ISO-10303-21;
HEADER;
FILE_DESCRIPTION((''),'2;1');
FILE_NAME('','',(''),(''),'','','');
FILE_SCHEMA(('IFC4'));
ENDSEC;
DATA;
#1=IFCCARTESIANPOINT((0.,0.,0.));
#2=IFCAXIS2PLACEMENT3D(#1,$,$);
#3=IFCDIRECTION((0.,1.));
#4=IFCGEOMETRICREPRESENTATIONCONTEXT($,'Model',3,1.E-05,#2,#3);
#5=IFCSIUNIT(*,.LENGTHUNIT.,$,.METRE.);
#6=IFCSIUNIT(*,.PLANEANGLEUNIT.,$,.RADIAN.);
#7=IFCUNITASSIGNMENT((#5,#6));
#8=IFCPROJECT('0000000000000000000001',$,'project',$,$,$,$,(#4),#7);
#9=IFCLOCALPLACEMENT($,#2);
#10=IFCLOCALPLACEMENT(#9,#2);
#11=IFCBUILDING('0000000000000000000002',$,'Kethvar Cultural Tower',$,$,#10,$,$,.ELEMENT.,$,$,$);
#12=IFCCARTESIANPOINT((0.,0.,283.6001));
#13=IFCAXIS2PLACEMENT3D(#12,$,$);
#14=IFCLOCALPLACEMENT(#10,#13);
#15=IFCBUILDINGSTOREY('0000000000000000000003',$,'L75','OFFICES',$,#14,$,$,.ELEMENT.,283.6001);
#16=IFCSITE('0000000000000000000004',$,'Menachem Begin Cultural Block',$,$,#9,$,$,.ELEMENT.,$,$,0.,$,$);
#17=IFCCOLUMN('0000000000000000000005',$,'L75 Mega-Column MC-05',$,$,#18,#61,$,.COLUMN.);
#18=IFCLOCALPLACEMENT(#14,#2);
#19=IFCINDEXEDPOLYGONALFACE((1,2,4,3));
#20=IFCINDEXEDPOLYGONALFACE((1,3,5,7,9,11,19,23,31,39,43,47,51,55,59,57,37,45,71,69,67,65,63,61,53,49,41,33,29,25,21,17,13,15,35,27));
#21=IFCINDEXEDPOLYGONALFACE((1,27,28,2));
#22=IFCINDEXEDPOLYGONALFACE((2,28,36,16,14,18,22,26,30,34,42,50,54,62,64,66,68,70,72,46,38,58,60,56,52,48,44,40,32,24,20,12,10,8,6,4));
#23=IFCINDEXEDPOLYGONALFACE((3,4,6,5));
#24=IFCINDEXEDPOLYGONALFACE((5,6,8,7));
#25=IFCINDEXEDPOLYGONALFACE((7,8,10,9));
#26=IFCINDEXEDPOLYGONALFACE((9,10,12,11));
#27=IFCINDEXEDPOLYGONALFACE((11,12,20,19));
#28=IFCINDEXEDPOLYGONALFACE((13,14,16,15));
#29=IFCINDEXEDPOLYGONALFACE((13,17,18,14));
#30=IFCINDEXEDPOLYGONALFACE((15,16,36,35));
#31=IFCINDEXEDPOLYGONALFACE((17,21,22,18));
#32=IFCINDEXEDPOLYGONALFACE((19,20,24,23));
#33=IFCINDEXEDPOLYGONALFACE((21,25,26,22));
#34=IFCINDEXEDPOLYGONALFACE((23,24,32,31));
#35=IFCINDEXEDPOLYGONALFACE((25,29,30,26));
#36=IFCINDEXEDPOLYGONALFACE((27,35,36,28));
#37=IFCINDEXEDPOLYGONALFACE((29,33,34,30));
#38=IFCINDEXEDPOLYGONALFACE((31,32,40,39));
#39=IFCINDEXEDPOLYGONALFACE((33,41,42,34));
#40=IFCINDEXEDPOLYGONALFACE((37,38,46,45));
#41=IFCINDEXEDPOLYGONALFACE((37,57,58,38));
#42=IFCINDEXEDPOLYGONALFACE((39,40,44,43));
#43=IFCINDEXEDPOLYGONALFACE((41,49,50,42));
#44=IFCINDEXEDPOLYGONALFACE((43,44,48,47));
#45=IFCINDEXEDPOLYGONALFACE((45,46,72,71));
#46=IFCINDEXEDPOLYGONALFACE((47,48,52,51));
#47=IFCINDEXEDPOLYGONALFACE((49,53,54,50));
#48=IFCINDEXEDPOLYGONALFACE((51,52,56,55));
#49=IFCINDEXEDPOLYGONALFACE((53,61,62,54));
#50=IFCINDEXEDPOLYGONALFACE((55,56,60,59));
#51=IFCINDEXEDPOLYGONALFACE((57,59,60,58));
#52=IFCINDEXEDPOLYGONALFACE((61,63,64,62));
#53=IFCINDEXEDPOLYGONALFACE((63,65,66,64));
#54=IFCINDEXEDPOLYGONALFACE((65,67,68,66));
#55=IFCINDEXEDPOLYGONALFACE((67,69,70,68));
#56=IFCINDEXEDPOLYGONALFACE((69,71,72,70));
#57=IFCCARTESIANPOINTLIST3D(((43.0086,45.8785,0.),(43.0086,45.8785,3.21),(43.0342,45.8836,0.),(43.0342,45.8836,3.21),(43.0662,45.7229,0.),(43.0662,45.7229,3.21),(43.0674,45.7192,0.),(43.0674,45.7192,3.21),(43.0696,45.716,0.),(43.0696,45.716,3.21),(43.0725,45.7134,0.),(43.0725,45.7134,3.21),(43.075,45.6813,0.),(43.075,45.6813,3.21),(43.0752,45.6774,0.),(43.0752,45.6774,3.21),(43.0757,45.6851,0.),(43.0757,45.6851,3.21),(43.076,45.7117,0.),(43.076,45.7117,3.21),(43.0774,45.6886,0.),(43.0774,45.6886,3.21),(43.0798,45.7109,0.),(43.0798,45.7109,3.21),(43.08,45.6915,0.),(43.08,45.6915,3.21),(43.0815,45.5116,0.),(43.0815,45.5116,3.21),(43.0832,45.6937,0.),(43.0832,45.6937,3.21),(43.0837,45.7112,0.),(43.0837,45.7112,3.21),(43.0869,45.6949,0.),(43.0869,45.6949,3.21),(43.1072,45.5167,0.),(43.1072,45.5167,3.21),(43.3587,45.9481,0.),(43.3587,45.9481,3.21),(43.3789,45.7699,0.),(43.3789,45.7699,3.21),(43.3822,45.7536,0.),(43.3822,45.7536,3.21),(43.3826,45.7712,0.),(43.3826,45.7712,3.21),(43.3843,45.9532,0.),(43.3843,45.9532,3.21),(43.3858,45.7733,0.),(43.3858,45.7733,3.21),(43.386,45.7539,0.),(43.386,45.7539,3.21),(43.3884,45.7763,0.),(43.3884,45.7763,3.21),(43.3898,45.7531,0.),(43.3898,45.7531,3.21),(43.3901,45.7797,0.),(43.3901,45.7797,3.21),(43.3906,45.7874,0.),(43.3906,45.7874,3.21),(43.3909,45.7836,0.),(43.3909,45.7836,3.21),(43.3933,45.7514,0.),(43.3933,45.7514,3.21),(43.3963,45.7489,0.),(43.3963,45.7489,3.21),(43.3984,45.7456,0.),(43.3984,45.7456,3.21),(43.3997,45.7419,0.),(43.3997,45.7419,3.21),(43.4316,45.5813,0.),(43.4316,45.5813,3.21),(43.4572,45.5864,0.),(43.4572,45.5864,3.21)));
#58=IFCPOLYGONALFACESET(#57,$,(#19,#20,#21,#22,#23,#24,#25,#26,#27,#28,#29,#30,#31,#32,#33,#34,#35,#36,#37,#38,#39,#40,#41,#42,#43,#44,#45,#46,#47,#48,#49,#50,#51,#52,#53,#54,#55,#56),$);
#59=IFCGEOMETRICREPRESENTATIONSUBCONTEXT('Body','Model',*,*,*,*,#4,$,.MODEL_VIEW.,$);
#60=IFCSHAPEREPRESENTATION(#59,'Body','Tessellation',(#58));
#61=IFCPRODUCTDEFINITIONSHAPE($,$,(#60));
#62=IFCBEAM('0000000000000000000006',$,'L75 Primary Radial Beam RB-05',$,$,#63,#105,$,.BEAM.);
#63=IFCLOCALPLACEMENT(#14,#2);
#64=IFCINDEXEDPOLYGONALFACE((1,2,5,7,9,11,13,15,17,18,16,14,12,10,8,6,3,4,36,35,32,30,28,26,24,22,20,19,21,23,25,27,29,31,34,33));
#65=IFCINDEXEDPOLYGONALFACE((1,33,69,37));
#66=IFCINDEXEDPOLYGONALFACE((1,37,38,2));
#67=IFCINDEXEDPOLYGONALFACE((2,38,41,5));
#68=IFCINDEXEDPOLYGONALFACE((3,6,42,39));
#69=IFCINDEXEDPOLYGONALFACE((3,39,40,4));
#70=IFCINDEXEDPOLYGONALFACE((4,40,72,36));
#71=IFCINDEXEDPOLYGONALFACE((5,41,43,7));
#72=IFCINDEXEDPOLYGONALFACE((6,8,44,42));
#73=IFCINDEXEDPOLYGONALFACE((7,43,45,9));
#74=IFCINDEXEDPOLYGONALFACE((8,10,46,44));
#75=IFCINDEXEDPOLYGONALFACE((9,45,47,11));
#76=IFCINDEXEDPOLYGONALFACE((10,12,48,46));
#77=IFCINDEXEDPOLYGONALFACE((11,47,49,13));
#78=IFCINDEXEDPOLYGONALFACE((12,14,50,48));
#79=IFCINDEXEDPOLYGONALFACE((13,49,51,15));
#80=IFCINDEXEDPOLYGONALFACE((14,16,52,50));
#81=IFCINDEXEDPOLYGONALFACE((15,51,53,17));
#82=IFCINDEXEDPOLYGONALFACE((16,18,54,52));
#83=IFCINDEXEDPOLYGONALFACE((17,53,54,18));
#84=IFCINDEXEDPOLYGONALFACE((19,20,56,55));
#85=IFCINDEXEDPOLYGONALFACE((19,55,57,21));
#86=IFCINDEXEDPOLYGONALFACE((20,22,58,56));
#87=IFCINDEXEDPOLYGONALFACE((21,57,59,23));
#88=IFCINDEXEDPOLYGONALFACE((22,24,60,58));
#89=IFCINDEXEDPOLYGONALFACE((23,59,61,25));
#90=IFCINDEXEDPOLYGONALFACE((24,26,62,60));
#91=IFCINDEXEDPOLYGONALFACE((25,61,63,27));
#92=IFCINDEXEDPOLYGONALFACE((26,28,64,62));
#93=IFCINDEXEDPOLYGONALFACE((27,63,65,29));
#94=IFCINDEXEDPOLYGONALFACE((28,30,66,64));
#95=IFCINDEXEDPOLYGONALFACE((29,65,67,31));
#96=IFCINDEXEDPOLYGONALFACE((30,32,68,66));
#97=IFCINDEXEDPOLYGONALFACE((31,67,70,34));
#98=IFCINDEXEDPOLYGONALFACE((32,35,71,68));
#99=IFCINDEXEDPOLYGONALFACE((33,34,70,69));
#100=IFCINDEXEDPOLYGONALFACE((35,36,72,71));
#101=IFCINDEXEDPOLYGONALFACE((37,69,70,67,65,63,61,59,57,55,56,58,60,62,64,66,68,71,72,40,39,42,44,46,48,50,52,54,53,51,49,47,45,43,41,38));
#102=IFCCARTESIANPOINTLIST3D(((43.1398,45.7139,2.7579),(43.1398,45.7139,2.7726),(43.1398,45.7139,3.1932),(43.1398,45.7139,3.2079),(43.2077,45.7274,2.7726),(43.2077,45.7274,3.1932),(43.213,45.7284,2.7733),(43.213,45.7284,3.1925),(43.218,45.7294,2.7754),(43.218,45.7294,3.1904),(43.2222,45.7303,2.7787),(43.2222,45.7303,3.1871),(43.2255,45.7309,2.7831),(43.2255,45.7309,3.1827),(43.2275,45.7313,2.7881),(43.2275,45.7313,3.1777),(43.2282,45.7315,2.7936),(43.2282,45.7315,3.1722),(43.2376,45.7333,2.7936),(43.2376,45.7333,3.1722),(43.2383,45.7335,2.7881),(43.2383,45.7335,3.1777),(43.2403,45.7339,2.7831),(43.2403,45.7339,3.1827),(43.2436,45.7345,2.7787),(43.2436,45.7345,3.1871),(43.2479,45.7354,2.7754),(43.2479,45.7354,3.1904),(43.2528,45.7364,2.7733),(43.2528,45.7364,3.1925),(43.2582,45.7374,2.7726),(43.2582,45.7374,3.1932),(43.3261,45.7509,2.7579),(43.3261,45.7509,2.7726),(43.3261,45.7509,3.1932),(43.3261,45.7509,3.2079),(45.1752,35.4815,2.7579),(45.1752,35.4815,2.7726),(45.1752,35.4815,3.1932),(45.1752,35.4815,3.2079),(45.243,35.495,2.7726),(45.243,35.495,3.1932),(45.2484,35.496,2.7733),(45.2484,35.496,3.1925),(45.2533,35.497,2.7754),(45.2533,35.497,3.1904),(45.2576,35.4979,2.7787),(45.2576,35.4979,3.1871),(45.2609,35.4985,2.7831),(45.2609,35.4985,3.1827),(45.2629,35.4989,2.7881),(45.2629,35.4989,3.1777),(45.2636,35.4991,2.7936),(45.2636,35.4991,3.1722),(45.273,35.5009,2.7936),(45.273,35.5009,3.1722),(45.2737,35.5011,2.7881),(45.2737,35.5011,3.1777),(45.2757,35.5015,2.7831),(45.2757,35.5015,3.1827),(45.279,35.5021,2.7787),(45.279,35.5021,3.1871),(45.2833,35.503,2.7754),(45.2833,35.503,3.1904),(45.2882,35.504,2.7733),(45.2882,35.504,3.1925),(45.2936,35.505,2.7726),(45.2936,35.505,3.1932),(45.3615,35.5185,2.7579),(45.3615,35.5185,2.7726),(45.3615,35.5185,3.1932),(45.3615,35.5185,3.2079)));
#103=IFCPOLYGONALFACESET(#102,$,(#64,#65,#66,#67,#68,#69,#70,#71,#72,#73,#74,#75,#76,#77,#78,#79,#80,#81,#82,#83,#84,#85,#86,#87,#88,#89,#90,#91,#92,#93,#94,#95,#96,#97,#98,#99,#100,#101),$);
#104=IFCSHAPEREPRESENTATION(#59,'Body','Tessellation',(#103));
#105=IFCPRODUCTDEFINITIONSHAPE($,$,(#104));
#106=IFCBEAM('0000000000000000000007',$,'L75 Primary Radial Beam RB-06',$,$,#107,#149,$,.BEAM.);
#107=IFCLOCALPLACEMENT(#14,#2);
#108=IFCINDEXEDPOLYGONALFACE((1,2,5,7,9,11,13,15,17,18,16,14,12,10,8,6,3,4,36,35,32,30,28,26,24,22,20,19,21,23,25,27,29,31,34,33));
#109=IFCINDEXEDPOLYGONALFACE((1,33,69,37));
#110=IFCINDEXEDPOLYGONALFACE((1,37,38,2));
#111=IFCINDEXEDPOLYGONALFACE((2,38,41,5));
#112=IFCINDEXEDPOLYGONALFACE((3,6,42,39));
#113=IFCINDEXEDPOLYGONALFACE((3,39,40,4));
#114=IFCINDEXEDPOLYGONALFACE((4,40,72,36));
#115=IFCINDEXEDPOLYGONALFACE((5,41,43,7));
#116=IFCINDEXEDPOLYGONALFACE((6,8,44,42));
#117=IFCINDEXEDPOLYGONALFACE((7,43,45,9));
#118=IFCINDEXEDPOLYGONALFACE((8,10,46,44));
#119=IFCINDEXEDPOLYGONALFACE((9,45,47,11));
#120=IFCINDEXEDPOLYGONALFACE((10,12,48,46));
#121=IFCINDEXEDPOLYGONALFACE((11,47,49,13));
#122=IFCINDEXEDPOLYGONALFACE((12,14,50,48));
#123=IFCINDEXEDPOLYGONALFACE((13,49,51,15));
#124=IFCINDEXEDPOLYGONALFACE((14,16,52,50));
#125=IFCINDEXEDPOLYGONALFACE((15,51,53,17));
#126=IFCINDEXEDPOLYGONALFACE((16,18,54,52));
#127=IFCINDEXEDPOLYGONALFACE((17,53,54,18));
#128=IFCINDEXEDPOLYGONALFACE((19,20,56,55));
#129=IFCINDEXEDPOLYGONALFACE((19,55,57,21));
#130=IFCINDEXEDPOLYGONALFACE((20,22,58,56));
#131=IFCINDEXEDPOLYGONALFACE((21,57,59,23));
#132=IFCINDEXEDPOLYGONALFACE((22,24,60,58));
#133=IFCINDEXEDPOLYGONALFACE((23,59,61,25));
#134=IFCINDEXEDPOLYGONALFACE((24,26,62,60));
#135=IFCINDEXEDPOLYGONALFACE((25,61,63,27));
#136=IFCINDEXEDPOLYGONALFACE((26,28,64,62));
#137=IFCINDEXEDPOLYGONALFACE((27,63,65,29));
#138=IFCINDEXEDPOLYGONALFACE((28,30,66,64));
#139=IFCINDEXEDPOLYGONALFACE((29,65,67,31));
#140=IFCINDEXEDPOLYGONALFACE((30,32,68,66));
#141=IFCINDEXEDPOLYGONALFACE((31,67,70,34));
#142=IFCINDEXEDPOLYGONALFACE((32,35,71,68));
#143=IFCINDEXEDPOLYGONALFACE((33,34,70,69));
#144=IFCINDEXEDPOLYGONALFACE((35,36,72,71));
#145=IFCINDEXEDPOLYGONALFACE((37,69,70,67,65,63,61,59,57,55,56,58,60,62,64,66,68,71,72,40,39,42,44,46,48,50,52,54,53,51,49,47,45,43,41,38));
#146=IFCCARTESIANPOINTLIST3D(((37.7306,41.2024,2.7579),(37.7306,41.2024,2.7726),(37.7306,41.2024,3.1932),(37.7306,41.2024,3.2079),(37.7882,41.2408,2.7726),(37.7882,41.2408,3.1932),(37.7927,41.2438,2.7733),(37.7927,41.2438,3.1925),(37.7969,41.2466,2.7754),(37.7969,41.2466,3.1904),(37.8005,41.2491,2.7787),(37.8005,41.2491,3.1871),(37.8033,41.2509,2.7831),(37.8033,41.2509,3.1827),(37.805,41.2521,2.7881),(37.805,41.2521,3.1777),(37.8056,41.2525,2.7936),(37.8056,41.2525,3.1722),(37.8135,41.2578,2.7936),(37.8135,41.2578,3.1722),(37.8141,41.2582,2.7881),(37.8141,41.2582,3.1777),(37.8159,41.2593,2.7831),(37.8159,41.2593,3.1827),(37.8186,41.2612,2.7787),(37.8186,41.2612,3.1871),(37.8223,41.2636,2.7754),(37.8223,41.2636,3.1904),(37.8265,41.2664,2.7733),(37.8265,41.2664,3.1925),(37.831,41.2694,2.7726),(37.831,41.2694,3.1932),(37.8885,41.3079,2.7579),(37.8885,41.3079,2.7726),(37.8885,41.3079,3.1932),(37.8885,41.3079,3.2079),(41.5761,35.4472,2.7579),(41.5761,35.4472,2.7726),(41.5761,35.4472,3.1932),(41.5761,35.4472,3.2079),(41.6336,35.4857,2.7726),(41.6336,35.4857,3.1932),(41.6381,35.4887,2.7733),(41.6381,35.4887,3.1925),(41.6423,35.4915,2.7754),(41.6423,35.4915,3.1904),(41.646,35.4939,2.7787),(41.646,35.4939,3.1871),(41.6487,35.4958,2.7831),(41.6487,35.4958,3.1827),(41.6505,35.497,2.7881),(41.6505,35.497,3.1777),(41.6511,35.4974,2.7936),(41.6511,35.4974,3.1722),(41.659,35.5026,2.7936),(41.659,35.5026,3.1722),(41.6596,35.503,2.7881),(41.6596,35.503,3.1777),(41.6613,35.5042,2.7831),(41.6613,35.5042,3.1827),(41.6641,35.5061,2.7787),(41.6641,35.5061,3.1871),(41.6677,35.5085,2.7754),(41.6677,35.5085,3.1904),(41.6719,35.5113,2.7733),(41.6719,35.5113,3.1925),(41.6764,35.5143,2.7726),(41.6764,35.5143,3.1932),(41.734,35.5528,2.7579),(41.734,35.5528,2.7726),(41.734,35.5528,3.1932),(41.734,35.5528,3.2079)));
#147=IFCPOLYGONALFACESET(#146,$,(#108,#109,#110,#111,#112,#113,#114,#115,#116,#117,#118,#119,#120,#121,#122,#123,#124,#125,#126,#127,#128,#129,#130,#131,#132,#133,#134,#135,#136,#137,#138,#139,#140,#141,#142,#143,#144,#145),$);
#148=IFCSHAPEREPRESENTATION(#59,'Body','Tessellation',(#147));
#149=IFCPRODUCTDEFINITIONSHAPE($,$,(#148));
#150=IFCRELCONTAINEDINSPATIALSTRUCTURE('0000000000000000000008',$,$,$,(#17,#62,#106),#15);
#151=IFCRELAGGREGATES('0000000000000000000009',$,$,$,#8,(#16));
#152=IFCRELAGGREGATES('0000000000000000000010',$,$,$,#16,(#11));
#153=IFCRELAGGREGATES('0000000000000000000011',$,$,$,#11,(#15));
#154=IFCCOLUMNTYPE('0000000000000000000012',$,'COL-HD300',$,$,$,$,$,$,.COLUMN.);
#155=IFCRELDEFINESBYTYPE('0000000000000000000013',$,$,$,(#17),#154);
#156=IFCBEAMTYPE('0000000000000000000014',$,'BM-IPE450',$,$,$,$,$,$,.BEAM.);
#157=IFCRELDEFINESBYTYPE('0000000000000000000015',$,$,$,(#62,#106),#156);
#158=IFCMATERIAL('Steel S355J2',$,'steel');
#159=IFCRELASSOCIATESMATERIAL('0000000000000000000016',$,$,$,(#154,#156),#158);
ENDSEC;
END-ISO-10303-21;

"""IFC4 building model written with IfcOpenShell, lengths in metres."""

from ifc_helpers import new_model, si_unit, direction, frame, origin, origin_2d, place, context, subcontext, project, spatial, i_section, extrude, source, transform, mapped, material, material_profile, profile_set, type_object, element, save


model = new_model("IFC4")

# Units and contexts
model_context = context("Model", 3, precision=1e-05, world=origin(), true_north=direction((0.0, 1.0)))
body_context = subcontext(model_context, "Body", "Model", "MODEL_VIEW")
ifc_project = project(units=[si_unit("LENGTHUNIT", "METRE"), si_unit("PLANEANGLEUNIT", "RADIAN")], contexts=[model_context])

# Site, building, storey
site_placement = place(None, origin())
site = spatial("IfcSite", under=ifc_project, at=site_placement, Name="Menachem Begin Cultural Block", CompositionType="ELEMENT", RefElevation=0.0)
building_placement = place(site_placement, origin())
building = spatial("IfcBuilding", under=site, at=building_placement, Name="Kethvar Cultural Tower", CompositionType="ELEMENT")
storey_placement = place(building_placement, frame((0.0, 0.0, 283.6001)))
storey = spatial("IfcBuildingStorey", under=building, at=storey_placement, Name="L75", Description="OFFICES", CompositionType="ELEMENT", Elevation=283.6001)

# Column
ifc_material_1 = material(Name="Steel S355J2", Category="steel")
ifc_material_profile_1 = material_profile(ifc_material_1, i_section(OverallWidth=0.374, OverallDepth=0.3831, WebThickness=0.0166, FlangeThickness=0.0261, FilletRadius=0.0149, at=origin_2d()), Name="Steel S355J2 — HD360x300")
ifc_profile_set_1 = profile_set([ifc_material_profile_1], Name="Steel S355J2 — HD360x300")
column_type = type_object("IfcColumnType", Name="COL-HD300", PredefinedType="COLUMN", material=ifc_profile_set_1)
shared_shape_1 = source(origin(), body_context, "Body", "SweptSolid", [
    extrude(i_section(OverallWidth=0.374, OverallDepth=0.3831, WebThickness=0.0166, FlangeThickness=0.0261, FilletRadius=0.0149, at=origin_2d()), origin(), (0.0, 0.0, 1.0), 3.21),
])
column_placement = place(storey_placement, frame((43.2329, 45.7324, 0.0), z_axis=(0.0, 0.0, 1.0), x_axis=(-0.19509, 0.980785, 0.0)))
element("IfcColumn", 1, at=column_placement, inside=storey, type_object=column_type, Name="L75 Mega-Column MC-05", PredefinedType="COLUMN", context=body_context, shape_type="MappedRepresentation", body=[
    mapped(shared_shape_1, transform((0.0, 0.0, 0.0), scale=1.0)),
])

# Beams
ifc_material_profile_2 = material_profile(ifc_material_1, i_section(OverallWidth=0.1899, OverallDepth=0.45, WebThickness=0.0095, FlangeThickness=0.0146, FilletRadius=0.021, at=origin_2d()), Name="Steel S355J2 — IPE450")
ifc_profile_set_2 = profile_set([ifc_material_profile_2], Name="Steel S355J2 — IPE450")
beam_type_1 = type_object("IfcBeamType", Name="BM-IPE450", PredefinedType="BEAM", material=ifc_profile_set_2)
shared_shape_2 = source(origin(), body_context, "Body", "SweptSolid", [
    extrude(i_section(OverallWidth=0.1899, OverallDepth=0.45, WebThickness=0.0095, FlangeThickness=0.0146, FilletRadius=0.021, at=origin_2d()), origin(), (0.0, 0.0, 1.0), 10.4329),
])
beam_1_placement = place(storey_placement, frame((45.2683, 35.5, 2.9829), z_axis=(-0.195094, 0.980784, 0.0), x_axis=(-0.980784, -0.195094, 0.0)))
element("IfcBeam", 2, at=beam_1_placement, inside=storey, type_object=beam_type_1, Name="L75 Primary Radial Beam RB-05", PredefinedType="BEAM", context=body_context, shape_type="MappedRepresentation", body=[
    mapped(shared_shape_2, transform((0.0, 0.0, 0.0), scale=1.0)),
])
shared_shape_3 = source(origin(), body_context, "Body", "SweptSolid", [
    extrude(i_section(OverallWidth=0.1899, OverallDepth=0.45, WebThickness=0.0095, FlangeThickness=0.0146, FilletRadius=0.021, at=origin_2d()), origin(), (0.0, 0.0, 1.0), 6.9216),
])
beam_2_placement = place(storey_placement, frame((41.655, 35.5, 2.9829), z_axis=(-0.555571, 0.831469, 0.0), x_axis=(-0.831469, -0.555571, 0.0)))
element("IfcBeam", 3, at=beam_2_placement, inside=storey, type_object=beam_type_1, Name="L75 Primary Radial Beam RB-06", PredefinedType="BEAM", context=body_context, shape_type="MappedRepresentation", body=[
    mapped(shared_shape_3, transform((0.0, 0.0, 0.0), scale=1.0)),
])

save(model, "model.ifc")
